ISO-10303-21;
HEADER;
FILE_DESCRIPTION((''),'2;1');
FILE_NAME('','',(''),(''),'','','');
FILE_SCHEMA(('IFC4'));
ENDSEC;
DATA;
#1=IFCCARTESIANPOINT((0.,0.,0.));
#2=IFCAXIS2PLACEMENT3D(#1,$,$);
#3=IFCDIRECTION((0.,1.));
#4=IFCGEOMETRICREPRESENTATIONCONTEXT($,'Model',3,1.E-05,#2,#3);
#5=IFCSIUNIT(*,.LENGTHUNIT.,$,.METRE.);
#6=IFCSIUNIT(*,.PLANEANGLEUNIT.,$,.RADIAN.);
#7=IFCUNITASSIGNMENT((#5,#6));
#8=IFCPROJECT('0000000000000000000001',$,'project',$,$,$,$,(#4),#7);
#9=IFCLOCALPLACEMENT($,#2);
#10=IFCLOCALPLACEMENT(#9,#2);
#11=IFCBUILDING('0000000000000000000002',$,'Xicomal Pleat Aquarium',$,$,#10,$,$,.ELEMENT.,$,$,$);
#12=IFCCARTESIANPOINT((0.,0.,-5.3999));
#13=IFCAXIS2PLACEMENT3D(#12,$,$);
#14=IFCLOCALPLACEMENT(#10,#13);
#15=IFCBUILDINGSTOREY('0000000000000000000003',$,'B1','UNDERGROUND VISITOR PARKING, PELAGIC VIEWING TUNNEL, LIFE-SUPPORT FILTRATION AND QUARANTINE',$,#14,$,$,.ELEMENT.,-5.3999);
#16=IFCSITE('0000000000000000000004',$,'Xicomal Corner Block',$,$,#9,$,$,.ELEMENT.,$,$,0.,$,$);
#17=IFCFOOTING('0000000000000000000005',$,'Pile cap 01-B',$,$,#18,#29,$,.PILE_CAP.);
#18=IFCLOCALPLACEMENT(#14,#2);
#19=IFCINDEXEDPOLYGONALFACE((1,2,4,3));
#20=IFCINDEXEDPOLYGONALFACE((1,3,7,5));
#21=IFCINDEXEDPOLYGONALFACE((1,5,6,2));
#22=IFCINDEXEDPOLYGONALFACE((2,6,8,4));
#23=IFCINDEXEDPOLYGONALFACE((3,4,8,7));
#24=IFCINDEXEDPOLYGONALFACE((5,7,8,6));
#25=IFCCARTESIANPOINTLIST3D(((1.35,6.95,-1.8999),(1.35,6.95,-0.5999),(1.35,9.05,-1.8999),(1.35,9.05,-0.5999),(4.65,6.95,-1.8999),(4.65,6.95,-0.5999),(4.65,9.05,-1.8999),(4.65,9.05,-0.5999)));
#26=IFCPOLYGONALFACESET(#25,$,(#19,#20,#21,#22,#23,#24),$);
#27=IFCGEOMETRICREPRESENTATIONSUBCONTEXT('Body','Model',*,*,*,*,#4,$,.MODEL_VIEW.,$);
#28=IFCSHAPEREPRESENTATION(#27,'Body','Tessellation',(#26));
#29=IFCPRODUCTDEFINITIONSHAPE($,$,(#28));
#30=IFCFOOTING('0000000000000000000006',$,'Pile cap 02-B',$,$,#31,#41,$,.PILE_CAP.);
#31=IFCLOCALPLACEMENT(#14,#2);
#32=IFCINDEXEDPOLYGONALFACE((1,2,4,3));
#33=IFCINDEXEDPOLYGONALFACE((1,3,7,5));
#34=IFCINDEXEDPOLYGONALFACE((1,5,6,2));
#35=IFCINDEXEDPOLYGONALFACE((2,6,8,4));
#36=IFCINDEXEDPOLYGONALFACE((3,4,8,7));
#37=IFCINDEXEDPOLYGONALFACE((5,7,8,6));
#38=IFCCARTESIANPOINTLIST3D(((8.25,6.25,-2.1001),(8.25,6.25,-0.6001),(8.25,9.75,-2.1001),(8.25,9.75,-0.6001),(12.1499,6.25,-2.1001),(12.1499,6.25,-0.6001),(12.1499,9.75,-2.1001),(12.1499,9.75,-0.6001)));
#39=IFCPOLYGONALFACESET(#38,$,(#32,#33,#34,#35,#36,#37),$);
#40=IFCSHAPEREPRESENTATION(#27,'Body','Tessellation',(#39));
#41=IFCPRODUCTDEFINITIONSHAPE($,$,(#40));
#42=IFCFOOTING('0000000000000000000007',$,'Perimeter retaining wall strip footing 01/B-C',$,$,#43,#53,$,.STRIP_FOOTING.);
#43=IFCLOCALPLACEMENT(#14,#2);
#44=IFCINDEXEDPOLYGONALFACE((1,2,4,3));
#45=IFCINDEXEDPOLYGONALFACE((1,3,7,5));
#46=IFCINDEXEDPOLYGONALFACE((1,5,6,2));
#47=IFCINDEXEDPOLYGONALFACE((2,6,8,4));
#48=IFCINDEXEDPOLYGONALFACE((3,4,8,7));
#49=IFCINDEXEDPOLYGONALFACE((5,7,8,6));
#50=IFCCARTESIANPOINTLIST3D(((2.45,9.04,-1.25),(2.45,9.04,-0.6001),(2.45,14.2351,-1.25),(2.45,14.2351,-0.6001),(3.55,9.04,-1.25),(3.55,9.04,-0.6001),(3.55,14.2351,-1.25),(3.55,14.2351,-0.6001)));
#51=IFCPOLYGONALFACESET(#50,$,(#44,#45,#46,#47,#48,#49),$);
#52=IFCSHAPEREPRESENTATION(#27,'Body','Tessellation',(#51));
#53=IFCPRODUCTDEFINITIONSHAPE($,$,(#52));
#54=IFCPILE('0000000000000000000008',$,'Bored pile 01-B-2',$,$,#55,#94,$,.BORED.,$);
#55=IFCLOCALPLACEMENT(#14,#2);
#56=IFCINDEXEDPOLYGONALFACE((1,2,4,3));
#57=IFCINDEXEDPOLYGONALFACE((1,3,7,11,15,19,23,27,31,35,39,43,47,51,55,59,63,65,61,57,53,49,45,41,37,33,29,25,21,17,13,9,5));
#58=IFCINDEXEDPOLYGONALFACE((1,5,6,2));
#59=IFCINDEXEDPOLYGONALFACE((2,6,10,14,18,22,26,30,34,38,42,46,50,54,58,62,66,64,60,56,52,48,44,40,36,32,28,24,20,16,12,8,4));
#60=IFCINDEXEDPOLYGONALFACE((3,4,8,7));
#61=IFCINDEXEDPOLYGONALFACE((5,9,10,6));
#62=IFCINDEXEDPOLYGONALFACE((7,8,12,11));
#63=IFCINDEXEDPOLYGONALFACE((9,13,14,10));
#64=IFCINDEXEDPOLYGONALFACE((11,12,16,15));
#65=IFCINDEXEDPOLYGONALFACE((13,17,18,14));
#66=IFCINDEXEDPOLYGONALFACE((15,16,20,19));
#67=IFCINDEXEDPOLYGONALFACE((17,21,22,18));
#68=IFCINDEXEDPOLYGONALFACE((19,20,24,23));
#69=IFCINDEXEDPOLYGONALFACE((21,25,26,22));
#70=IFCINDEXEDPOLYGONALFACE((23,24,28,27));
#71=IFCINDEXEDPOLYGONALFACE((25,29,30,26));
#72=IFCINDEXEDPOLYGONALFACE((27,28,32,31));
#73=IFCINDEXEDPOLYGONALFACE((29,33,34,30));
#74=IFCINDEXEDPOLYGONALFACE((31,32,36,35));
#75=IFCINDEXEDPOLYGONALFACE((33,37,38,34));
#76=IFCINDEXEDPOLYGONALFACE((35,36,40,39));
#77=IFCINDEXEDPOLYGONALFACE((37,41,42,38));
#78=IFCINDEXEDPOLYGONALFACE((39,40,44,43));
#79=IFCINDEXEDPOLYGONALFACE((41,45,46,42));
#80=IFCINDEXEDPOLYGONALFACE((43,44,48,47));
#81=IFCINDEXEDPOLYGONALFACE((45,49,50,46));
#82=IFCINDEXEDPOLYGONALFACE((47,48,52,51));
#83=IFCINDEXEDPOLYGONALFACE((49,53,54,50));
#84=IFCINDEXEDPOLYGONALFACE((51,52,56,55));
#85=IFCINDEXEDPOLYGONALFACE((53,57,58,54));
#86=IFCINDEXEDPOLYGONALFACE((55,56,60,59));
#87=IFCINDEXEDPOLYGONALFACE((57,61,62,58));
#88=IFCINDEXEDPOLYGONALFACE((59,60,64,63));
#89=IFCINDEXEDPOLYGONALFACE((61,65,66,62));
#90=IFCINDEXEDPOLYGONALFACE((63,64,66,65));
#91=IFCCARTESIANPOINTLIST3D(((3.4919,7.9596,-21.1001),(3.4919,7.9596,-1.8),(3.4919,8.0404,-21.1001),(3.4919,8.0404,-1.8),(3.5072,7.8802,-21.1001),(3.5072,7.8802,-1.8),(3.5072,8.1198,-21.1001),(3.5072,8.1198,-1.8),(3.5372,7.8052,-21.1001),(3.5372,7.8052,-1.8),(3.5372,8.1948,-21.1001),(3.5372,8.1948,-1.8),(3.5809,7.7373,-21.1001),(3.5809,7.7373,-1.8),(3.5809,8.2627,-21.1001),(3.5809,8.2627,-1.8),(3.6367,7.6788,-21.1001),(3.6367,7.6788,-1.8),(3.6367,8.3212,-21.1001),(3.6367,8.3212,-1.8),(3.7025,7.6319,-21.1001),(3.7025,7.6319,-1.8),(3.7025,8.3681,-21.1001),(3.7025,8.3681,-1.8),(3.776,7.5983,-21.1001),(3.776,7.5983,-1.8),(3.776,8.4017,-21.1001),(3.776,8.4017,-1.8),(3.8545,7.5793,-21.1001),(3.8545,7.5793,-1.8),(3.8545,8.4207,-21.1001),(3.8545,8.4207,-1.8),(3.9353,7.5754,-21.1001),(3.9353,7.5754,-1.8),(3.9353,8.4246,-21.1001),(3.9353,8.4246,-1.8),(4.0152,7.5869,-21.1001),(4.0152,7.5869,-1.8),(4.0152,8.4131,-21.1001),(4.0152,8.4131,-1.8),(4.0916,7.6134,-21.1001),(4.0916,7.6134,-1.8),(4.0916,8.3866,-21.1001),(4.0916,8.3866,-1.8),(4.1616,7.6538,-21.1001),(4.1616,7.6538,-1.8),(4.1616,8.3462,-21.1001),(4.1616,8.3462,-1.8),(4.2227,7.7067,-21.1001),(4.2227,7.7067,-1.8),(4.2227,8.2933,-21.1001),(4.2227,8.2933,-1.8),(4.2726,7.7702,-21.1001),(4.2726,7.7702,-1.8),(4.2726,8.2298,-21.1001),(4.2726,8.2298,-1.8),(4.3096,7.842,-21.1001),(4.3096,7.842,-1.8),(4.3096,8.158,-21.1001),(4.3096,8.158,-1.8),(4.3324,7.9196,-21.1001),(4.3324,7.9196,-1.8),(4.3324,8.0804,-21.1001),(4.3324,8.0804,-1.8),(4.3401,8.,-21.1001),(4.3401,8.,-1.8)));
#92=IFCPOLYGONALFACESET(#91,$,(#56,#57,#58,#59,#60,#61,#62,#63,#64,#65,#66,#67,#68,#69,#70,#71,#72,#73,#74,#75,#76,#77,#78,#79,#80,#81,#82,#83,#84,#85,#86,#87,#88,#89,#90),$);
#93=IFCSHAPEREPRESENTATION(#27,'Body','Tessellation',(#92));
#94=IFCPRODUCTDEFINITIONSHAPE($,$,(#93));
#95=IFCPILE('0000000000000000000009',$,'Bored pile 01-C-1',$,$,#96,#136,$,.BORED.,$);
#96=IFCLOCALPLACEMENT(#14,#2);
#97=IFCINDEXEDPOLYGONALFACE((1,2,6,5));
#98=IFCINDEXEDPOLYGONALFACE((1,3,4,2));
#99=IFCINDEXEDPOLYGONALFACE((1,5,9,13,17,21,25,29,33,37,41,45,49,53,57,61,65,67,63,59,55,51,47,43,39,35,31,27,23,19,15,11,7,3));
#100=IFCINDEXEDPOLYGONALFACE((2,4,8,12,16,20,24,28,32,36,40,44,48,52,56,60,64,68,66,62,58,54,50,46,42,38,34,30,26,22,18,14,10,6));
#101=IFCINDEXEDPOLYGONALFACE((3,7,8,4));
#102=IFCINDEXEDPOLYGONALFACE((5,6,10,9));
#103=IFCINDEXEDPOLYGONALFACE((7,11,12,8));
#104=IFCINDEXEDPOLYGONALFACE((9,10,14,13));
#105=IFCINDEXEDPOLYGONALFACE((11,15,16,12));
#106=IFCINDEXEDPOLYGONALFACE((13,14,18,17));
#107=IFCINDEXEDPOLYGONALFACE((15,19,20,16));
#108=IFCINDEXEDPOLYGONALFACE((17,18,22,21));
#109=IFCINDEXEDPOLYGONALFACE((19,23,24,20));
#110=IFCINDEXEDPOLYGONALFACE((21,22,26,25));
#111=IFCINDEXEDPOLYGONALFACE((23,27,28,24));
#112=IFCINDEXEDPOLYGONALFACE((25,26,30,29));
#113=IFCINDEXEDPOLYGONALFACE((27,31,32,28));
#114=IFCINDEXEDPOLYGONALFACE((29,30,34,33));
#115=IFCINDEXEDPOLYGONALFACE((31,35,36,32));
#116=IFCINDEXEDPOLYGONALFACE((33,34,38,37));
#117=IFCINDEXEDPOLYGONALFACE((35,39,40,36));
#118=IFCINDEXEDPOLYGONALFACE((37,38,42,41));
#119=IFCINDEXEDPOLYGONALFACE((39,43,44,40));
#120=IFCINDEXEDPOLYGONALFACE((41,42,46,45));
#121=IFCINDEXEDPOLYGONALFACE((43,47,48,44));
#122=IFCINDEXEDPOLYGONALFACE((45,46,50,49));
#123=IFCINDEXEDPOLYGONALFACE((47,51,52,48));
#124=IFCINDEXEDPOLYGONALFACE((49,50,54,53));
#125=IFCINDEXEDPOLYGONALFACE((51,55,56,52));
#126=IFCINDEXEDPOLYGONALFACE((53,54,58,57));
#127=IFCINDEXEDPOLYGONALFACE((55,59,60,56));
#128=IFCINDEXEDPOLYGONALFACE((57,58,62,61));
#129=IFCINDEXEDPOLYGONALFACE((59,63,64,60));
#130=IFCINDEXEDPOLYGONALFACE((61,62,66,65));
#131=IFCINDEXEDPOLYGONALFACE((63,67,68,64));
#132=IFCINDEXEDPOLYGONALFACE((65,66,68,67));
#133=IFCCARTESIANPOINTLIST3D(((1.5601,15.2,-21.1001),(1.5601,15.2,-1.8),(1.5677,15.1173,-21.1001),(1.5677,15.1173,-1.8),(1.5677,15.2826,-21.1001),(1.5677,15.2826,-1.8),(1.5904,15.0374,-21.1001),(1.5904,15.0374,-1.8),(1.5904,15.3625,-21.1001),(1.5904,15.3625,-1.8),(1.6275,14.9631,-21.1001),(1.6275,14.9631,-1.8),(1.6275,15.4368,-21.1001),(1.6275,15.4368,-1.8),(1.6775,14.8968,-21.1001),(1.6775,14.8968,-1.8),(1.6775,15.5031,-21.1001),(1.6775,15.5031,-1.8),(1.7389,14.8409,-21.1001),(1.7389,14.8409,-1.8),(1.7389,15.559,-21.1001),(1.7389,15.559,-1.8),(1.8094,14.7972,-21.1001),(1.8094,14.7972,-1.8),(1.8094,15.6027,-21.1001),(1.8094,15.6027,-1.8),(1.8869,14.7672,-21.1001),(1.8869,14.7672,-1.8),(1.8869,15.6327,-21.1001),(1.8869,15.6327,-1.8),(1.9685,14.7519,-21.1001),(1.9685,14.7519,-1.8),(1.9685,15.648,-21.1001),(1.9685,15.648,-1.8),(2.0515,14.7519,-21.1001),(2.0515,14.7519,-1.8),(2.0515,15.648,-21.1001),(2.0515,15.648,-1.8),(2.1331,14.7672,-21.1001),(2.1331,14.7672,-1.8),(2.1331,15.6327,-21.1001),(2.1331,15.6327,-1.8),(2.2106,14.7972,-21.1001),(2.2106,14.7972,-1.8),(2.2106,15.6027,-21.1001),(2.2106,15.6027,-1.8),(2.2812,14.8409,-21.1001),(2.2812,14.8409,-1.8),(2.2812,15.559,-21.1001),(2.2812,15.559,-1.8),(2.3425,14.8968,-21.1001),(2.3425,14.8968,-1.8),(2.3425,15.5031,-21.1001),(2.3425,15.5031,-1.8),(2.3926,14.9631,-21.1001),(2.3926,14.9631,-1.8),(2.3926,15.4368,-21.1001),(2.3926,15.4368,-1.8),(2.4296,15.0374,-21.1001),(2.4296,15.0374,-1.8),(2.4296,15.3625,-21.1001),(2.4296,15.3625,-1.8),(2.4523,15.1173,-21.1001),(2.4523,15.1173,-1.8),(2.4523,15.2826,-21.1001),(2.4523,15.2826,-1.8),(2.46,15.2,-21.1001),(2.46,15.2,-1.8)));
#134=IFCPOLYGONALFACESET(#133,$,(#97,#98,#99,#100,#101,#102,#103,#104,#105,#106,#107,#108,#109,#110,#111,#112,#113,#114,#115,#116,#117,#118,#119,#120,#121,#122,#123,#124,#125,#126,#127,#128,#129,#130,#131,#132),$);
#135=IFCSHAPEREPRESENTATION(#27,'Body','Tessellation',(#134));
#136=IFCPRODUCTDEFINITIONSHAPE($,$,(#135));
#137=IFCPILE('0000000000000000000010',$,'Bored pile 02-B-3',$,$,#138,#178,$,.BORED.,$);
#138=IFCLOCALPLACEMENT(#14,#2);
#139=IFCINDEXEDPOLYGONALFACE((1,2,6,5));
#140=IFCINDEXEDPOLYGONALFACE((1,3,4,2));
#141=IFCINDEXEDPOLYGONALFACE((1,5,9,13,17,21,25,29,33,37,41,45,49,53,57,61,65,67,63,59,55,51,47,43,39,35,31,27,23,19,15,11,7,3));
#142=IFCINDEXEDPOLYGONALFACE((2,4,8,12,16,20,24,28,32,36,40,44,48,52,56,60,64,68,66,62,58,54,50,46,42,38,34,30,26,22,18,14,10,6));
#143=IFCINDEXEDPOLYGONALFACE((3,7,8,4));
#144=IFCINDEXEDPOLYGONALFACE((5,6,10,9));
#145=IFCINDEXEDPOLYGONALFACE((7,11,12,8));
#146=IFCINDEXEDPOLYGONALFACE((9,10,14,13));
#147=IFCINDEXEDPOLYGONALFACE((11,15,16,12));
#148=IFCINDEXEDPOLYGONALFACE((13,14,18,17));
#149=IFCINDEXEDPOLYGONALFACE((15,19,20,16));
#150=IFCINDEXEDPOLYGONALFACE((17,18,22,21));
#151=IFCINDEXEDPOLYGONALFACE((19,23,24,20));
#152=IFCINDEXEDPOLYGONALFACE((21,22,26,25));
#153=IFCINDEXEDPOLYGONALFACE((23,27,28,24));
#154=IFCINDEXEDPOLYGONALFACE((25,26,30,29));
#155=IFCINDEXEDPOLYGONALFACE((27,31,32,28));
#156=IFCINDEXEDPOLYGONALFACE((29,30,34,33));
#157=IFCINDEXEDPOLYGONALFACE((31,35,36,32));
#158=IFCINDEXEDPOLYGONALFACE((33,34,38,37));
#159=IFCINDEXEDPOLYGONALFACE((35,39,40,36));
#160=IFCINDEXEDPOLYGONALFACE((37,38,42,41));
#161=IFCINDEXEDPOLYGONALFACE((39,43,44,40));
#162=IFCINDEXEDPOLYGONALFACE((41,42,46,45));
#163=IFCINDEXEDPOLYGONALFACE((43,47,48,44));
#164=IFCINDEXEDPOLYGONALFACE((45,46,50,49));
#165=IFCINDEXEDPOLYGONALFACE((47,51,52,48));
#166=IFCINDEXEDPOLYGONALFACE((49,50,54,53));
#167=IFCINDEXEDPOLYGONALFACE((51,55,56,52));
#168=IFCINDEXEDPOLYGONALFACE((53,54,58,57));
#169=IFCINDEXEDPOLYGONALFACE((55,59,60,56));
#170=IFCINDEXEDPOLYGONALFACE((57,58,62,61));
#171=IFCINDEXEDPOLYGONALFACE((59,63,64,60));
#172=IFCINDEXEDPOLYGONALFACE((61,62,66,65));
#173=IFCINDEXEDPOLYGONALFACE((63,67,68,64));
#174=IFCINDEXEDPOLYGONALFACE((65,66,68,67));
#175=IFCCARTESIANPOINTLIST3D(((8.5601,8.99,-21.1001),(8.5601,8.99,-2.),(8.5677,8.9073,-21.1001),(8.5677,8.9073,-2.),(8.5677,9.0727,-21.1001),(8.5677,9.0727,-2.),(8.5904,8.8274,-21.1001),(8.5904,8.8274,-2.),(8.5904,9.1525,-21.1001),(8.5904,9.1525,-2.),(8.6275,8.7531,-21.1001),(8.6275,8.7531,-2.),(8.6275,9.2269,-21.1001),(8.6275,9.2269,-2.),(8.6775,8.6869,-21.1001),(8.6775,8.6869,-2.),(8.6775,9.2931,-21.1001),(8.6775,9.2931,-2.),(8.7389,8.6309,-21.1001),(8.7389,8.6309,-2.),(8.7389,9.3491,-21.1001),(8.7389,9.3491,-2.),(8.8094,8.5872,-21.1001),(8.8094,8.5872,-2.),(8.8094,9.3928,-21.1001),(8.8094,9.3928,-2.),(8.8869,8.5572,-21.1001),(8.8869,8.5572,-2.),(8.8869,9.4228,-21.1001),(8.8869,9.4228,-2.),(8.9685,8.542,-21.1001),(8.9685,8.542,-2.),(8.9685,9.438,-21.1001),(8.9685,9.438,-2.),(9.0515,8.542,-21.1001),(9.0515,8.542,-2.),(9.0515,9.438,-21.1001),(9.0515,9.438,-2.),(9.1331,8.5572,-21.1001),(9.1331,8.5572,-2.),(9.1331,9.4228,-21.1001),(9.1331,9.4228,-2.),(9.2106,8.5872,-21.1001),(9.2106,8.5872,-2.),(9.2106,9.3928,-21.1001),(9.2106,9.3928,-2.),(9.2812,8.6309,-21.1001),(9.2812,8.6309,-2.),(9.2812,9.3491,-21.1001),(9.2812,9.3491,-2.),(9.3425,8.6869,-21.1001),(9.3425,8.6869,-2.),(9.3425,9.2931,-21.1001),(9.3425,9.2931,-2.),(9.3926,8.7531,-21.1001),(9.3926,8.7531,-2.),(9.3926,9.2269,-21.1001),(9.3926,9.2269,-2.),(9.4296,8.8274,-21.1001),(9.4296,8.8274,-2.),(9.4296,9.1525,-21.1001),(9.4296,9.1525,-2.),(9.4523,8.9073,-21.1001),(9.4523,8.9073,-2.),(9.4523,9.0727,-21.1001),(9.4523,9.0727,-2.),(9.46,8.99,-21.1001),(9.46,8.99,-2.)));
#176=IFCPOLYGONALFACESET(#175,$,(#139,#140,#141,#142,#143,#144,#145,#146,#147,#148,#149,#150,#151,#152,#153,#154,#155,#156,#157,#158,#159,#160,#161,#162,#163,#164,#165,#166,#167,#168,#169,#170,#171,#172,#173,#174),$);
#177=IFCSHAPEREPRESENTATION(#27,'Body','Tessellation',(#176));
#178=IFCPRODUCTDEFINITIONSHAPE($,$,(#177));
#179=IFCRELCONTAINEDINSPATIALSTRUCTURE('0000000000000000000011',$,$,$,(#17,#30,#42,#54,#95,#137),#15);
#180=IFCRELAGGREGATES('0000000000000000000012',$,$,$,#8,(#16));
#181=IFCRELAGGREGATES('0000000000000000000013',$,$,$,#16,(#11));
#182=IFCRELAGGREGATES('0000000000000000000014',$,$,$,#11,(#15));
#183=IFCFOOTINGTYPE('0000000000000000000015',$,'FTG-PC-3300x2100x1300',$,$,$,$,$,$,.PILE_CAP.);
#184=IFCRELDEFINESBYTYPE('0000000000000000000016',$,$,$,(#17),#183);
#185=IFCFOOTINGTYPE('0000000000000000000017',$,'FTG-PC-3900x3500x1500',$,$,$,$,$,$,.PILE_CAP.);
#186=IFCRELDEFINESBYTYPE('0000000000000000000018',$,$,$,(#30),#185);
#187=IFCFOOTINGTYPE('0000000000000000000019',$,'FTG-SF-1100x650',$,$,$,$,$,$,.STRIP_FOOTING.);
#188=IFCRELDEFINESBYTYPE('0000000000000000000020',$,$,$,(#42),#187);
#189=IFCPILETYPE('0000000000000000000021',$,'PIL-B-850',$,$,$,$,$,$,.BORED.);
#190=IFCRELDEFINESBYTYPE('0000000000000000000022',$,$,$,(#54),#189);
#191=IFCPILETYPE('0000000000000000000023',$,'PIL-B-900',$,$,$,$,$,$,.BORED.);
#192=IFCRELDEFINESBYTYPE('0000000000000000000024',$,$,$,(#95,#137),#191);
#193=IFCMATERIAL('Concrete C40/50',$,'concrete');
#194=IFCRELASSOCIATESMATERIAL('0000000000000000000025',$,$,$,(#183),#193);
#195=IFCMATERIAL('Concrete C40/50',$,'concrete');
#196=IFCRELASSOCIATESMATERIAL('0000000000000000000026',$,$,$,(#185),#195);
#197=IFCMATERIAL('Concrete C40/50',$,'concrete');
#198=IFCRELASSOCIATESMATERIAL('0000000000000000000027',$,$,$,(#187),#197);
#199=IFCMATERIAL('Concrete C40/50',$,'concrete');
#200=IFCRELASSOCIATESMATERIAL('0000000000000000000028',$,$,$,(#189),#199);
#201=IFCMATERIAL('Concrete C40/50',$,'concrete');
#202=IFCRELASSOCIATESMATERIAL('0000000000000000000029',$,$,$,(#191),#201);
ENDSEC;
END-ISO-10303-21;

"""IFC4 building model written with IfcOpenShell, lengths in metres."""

from ifc_helpers import new_model, si_unit, direction, frame, origin, origin_2d, place, context, subcontext, project, spatial, rectangle, circle, extrude, material, material_profile, profile_set, type_object, element, save


model = new_model("IFC4")

# Units and contexts
model_context = context("Model", 3, precision=1e-05, world=origin(), true_north=direction((0.0, 1.0)))
body_context = subcontext(model_context, "Body", "Model", "MODEL_VIEW")
ifc_project = project(units=[si_unit("LENGTHUNIT", "METRE"), si_unit("PLANEANGLEUNIT", "RADIAN")], contexts=[model_context])

# Site, building, storey
site_placement = place(None, origin())
site = spatial("IfcSite", under=ifc_project, at=site_placement, Name="Xicomal Corner Block", CompositionType="ELEMENT", RefElevation=0.0)
building_placement = place(site_placement, origin())
building = spatial("IfcBuilding", under=site, at=building_placement, Name="Xicomal Pleat Aquarium", CompositionType="ELEMENT")
storey_placement = place(building_placement, frame((0.0, 0.0, -5.3999)))
storey = spatial("IfcBuildingStorey", under=building, at=storey_placement, Name="B1", Description="UNDERGROUND VISITOR PARKING, PELAGIC VIEWING TUNNEL, LIFE-SUPPORT FILTRATION AND QUARANTINE", CompositionType="ELEMENT", Elevation=-5.3999)

# Footings
ifc_material_1 = material(Name="Concrete C40/50", Category="concrete")
footing_type_1 = type_object("IfcFootingType", Name="FTG-PC-3300x2100x1300", PredefinedType="PILE_CAP", material=ifc_material_1)
footing_1_placement = place(storey_placement, frame((3.0, 8.0, -1.8999), z_axis=(0.0, 0.0, 1.0), x_axis=(1.0, 0.0, 0.0)))
element("IfcFooting", 1, at=footing_1_placement, inside=storey, type_object=footing_type_1, Name="Pile cap 01-B", PredefinedType="PILE_CAP", context=body_context, shape_type="SweptSolid", body=[
    extrude(rectangle(XDim=3.3, YDim=2.1001, at=origin_2d()), origin(), (0.0, 0.0, 1.0), 1.3),
])
ifc_material_2 = material(Name="Concrete C40/50", Category="concrete")
footing_type_2 = type_object("IfcFootingType", Name="FTG-PC-3900x3500x1500", PredefinedType="PILE_CAP", material=ifc_material_2)
footing_2_placement = place(storey_placement, frame((10.2, 8.0, -2.1001), z_axis=(0.0, 0.0, 1.0), x_axis=(1.0, 0.0, 0.0)))
element("IfcFooting", 2, at=footing_2_placement, inside=storey, type_object=footing_type_2, Name="Pile cap 02-B", PredefinedType="PILE_CAP", context=body_context, shape_type="SweptSolid", body=[
    extrude(rectangle(XDim=3.8999, YDim=3.5, at=origin_2d()), origin(), (0.0, 0.0, 1.0), 1.5),
])
ifc_material_3 = material(Name="Concrete C40/50", Category="concrete")
ifc_material_profile_1 = material_profile(ifc_material_3, rectangle(XDim=1.1001, YDim=0.6499, at=origin_2d()), Name="SF-02 1100x650")
ifc_profile_set_1 = profile_set([ifc_material_profile_1], Name="Concrete C40/50")
footing_type_3 = type_object("IfcFootingType", Name="FTG-SF-1100x650", PredefinedType="STRIP_FOOTING", material=ifc_profile_set_1)
footing_3_placement = place(storey_placement, frame((3.0, 9.04, -0.925), z_axis=(0.0, 1.0, 0.0), x_axis=(-1.0, 0.0, 0.0)))
element("IfcFooting", 3, at=footing_3_placement, inside=storey, type_object=footing_type_3, Name="Perimeter retaining wall strip footing 01/B-C", PredefinedType="STRIP_FOOTING", context=body_context, shape_type="SweptSolid", body=[
    extrude(rectangle(XDim=1.1001, YDim=0.6499, at=origin_2d()), origin(), (0.0, 0.0, 1.0), 5.1951),
])

# Piles
ifc_material_4 = material(Name="Concrete C40/50", Category="concrete")
ifc_material_profile_2 = material_profile(ifc_material_4, circle(Radius=0.425, at=origin_2d()), Name="BORED PILE D850")
ifc_profile_set_2 = profile_set([ifc_material_profile_2], Name="Concrete C40/50")
pile_type_1 = type_object("IfcPileType", Name="PIL-B-850", PredefinedType="BORED", material=ifc_profile_set_2)
pile_1_placement = place(storey_placement, frame((3.915, 8.0, -1.8), z_axis=(0.0, 0.0, -1.0), x_axis=(1.0, 0.0, 0.0)))
element("IfcPile", 4, at=pile_1_placement, inside=storey, type_object=pile_type_1, Name="Bored pile 01-B-2", PredefinedType="BORED", context=body_context, shape_type="SweptSolid", body=[
    extrude(circle(Radius=0.425, at=origin_2d()), origin(), (0.0, 0.0, 1.0), 19.3),
])
ifc_material_5 = material(Name="Concrete C40/50", Category="concrete")
ifc_material_profile_3 = material_profile(ifc_material_5, circle(Radius=0.45, at=origin_2d()), Name="BORED PILE D900")
ifc_profile_set_3 = profile_set([ifc_material_profile_3], Name="Concrete C40/50")
pile_type_2 = type_object("IfcPileType", Name="PIL-B-900", PredefinedType="BORED", material=ifc_profile_set_3)
pile_2_placement = place(storey_placement, frame((2.01, 15.2, -1.8), z_axis=(0.0, 0.0, -1.0), x_axis=(1.0, 0.0, 0.0)))
element("IfcPile", 5, at=pile_2_placement, inside=storey, type_object=pile_type_2, Name="Bored pile 01-C-1", PredefinedType="BORED", context=body_context, shape_type="SweptSolid", body=[
    extrude(circle(Radius=0.45, at=origin_2d()), origin(), (0.0, 0.0, 1.0), 19.3),
])
pile_3_placement = place(storey_placement, frame((9.01, 8.99, -2.0), z_axis=(0.0, 0.0, -1.0), x_axis=(1.0, 0.0, 0.0)))
element("IfcPile", 6, at=pile_3_placement, inside=storey, type_object=pile_type_2, Name="Bored pile 02-B-3", PredefinedType="BORED", context=body_context, shape_type="SweptSolid", body=[
    extrude(circle(Radius=0.45, at=origin_2d()), origin(), (0.0, 0.0, 1.0), 19.1001),
])

save(model, "model.ifc")
